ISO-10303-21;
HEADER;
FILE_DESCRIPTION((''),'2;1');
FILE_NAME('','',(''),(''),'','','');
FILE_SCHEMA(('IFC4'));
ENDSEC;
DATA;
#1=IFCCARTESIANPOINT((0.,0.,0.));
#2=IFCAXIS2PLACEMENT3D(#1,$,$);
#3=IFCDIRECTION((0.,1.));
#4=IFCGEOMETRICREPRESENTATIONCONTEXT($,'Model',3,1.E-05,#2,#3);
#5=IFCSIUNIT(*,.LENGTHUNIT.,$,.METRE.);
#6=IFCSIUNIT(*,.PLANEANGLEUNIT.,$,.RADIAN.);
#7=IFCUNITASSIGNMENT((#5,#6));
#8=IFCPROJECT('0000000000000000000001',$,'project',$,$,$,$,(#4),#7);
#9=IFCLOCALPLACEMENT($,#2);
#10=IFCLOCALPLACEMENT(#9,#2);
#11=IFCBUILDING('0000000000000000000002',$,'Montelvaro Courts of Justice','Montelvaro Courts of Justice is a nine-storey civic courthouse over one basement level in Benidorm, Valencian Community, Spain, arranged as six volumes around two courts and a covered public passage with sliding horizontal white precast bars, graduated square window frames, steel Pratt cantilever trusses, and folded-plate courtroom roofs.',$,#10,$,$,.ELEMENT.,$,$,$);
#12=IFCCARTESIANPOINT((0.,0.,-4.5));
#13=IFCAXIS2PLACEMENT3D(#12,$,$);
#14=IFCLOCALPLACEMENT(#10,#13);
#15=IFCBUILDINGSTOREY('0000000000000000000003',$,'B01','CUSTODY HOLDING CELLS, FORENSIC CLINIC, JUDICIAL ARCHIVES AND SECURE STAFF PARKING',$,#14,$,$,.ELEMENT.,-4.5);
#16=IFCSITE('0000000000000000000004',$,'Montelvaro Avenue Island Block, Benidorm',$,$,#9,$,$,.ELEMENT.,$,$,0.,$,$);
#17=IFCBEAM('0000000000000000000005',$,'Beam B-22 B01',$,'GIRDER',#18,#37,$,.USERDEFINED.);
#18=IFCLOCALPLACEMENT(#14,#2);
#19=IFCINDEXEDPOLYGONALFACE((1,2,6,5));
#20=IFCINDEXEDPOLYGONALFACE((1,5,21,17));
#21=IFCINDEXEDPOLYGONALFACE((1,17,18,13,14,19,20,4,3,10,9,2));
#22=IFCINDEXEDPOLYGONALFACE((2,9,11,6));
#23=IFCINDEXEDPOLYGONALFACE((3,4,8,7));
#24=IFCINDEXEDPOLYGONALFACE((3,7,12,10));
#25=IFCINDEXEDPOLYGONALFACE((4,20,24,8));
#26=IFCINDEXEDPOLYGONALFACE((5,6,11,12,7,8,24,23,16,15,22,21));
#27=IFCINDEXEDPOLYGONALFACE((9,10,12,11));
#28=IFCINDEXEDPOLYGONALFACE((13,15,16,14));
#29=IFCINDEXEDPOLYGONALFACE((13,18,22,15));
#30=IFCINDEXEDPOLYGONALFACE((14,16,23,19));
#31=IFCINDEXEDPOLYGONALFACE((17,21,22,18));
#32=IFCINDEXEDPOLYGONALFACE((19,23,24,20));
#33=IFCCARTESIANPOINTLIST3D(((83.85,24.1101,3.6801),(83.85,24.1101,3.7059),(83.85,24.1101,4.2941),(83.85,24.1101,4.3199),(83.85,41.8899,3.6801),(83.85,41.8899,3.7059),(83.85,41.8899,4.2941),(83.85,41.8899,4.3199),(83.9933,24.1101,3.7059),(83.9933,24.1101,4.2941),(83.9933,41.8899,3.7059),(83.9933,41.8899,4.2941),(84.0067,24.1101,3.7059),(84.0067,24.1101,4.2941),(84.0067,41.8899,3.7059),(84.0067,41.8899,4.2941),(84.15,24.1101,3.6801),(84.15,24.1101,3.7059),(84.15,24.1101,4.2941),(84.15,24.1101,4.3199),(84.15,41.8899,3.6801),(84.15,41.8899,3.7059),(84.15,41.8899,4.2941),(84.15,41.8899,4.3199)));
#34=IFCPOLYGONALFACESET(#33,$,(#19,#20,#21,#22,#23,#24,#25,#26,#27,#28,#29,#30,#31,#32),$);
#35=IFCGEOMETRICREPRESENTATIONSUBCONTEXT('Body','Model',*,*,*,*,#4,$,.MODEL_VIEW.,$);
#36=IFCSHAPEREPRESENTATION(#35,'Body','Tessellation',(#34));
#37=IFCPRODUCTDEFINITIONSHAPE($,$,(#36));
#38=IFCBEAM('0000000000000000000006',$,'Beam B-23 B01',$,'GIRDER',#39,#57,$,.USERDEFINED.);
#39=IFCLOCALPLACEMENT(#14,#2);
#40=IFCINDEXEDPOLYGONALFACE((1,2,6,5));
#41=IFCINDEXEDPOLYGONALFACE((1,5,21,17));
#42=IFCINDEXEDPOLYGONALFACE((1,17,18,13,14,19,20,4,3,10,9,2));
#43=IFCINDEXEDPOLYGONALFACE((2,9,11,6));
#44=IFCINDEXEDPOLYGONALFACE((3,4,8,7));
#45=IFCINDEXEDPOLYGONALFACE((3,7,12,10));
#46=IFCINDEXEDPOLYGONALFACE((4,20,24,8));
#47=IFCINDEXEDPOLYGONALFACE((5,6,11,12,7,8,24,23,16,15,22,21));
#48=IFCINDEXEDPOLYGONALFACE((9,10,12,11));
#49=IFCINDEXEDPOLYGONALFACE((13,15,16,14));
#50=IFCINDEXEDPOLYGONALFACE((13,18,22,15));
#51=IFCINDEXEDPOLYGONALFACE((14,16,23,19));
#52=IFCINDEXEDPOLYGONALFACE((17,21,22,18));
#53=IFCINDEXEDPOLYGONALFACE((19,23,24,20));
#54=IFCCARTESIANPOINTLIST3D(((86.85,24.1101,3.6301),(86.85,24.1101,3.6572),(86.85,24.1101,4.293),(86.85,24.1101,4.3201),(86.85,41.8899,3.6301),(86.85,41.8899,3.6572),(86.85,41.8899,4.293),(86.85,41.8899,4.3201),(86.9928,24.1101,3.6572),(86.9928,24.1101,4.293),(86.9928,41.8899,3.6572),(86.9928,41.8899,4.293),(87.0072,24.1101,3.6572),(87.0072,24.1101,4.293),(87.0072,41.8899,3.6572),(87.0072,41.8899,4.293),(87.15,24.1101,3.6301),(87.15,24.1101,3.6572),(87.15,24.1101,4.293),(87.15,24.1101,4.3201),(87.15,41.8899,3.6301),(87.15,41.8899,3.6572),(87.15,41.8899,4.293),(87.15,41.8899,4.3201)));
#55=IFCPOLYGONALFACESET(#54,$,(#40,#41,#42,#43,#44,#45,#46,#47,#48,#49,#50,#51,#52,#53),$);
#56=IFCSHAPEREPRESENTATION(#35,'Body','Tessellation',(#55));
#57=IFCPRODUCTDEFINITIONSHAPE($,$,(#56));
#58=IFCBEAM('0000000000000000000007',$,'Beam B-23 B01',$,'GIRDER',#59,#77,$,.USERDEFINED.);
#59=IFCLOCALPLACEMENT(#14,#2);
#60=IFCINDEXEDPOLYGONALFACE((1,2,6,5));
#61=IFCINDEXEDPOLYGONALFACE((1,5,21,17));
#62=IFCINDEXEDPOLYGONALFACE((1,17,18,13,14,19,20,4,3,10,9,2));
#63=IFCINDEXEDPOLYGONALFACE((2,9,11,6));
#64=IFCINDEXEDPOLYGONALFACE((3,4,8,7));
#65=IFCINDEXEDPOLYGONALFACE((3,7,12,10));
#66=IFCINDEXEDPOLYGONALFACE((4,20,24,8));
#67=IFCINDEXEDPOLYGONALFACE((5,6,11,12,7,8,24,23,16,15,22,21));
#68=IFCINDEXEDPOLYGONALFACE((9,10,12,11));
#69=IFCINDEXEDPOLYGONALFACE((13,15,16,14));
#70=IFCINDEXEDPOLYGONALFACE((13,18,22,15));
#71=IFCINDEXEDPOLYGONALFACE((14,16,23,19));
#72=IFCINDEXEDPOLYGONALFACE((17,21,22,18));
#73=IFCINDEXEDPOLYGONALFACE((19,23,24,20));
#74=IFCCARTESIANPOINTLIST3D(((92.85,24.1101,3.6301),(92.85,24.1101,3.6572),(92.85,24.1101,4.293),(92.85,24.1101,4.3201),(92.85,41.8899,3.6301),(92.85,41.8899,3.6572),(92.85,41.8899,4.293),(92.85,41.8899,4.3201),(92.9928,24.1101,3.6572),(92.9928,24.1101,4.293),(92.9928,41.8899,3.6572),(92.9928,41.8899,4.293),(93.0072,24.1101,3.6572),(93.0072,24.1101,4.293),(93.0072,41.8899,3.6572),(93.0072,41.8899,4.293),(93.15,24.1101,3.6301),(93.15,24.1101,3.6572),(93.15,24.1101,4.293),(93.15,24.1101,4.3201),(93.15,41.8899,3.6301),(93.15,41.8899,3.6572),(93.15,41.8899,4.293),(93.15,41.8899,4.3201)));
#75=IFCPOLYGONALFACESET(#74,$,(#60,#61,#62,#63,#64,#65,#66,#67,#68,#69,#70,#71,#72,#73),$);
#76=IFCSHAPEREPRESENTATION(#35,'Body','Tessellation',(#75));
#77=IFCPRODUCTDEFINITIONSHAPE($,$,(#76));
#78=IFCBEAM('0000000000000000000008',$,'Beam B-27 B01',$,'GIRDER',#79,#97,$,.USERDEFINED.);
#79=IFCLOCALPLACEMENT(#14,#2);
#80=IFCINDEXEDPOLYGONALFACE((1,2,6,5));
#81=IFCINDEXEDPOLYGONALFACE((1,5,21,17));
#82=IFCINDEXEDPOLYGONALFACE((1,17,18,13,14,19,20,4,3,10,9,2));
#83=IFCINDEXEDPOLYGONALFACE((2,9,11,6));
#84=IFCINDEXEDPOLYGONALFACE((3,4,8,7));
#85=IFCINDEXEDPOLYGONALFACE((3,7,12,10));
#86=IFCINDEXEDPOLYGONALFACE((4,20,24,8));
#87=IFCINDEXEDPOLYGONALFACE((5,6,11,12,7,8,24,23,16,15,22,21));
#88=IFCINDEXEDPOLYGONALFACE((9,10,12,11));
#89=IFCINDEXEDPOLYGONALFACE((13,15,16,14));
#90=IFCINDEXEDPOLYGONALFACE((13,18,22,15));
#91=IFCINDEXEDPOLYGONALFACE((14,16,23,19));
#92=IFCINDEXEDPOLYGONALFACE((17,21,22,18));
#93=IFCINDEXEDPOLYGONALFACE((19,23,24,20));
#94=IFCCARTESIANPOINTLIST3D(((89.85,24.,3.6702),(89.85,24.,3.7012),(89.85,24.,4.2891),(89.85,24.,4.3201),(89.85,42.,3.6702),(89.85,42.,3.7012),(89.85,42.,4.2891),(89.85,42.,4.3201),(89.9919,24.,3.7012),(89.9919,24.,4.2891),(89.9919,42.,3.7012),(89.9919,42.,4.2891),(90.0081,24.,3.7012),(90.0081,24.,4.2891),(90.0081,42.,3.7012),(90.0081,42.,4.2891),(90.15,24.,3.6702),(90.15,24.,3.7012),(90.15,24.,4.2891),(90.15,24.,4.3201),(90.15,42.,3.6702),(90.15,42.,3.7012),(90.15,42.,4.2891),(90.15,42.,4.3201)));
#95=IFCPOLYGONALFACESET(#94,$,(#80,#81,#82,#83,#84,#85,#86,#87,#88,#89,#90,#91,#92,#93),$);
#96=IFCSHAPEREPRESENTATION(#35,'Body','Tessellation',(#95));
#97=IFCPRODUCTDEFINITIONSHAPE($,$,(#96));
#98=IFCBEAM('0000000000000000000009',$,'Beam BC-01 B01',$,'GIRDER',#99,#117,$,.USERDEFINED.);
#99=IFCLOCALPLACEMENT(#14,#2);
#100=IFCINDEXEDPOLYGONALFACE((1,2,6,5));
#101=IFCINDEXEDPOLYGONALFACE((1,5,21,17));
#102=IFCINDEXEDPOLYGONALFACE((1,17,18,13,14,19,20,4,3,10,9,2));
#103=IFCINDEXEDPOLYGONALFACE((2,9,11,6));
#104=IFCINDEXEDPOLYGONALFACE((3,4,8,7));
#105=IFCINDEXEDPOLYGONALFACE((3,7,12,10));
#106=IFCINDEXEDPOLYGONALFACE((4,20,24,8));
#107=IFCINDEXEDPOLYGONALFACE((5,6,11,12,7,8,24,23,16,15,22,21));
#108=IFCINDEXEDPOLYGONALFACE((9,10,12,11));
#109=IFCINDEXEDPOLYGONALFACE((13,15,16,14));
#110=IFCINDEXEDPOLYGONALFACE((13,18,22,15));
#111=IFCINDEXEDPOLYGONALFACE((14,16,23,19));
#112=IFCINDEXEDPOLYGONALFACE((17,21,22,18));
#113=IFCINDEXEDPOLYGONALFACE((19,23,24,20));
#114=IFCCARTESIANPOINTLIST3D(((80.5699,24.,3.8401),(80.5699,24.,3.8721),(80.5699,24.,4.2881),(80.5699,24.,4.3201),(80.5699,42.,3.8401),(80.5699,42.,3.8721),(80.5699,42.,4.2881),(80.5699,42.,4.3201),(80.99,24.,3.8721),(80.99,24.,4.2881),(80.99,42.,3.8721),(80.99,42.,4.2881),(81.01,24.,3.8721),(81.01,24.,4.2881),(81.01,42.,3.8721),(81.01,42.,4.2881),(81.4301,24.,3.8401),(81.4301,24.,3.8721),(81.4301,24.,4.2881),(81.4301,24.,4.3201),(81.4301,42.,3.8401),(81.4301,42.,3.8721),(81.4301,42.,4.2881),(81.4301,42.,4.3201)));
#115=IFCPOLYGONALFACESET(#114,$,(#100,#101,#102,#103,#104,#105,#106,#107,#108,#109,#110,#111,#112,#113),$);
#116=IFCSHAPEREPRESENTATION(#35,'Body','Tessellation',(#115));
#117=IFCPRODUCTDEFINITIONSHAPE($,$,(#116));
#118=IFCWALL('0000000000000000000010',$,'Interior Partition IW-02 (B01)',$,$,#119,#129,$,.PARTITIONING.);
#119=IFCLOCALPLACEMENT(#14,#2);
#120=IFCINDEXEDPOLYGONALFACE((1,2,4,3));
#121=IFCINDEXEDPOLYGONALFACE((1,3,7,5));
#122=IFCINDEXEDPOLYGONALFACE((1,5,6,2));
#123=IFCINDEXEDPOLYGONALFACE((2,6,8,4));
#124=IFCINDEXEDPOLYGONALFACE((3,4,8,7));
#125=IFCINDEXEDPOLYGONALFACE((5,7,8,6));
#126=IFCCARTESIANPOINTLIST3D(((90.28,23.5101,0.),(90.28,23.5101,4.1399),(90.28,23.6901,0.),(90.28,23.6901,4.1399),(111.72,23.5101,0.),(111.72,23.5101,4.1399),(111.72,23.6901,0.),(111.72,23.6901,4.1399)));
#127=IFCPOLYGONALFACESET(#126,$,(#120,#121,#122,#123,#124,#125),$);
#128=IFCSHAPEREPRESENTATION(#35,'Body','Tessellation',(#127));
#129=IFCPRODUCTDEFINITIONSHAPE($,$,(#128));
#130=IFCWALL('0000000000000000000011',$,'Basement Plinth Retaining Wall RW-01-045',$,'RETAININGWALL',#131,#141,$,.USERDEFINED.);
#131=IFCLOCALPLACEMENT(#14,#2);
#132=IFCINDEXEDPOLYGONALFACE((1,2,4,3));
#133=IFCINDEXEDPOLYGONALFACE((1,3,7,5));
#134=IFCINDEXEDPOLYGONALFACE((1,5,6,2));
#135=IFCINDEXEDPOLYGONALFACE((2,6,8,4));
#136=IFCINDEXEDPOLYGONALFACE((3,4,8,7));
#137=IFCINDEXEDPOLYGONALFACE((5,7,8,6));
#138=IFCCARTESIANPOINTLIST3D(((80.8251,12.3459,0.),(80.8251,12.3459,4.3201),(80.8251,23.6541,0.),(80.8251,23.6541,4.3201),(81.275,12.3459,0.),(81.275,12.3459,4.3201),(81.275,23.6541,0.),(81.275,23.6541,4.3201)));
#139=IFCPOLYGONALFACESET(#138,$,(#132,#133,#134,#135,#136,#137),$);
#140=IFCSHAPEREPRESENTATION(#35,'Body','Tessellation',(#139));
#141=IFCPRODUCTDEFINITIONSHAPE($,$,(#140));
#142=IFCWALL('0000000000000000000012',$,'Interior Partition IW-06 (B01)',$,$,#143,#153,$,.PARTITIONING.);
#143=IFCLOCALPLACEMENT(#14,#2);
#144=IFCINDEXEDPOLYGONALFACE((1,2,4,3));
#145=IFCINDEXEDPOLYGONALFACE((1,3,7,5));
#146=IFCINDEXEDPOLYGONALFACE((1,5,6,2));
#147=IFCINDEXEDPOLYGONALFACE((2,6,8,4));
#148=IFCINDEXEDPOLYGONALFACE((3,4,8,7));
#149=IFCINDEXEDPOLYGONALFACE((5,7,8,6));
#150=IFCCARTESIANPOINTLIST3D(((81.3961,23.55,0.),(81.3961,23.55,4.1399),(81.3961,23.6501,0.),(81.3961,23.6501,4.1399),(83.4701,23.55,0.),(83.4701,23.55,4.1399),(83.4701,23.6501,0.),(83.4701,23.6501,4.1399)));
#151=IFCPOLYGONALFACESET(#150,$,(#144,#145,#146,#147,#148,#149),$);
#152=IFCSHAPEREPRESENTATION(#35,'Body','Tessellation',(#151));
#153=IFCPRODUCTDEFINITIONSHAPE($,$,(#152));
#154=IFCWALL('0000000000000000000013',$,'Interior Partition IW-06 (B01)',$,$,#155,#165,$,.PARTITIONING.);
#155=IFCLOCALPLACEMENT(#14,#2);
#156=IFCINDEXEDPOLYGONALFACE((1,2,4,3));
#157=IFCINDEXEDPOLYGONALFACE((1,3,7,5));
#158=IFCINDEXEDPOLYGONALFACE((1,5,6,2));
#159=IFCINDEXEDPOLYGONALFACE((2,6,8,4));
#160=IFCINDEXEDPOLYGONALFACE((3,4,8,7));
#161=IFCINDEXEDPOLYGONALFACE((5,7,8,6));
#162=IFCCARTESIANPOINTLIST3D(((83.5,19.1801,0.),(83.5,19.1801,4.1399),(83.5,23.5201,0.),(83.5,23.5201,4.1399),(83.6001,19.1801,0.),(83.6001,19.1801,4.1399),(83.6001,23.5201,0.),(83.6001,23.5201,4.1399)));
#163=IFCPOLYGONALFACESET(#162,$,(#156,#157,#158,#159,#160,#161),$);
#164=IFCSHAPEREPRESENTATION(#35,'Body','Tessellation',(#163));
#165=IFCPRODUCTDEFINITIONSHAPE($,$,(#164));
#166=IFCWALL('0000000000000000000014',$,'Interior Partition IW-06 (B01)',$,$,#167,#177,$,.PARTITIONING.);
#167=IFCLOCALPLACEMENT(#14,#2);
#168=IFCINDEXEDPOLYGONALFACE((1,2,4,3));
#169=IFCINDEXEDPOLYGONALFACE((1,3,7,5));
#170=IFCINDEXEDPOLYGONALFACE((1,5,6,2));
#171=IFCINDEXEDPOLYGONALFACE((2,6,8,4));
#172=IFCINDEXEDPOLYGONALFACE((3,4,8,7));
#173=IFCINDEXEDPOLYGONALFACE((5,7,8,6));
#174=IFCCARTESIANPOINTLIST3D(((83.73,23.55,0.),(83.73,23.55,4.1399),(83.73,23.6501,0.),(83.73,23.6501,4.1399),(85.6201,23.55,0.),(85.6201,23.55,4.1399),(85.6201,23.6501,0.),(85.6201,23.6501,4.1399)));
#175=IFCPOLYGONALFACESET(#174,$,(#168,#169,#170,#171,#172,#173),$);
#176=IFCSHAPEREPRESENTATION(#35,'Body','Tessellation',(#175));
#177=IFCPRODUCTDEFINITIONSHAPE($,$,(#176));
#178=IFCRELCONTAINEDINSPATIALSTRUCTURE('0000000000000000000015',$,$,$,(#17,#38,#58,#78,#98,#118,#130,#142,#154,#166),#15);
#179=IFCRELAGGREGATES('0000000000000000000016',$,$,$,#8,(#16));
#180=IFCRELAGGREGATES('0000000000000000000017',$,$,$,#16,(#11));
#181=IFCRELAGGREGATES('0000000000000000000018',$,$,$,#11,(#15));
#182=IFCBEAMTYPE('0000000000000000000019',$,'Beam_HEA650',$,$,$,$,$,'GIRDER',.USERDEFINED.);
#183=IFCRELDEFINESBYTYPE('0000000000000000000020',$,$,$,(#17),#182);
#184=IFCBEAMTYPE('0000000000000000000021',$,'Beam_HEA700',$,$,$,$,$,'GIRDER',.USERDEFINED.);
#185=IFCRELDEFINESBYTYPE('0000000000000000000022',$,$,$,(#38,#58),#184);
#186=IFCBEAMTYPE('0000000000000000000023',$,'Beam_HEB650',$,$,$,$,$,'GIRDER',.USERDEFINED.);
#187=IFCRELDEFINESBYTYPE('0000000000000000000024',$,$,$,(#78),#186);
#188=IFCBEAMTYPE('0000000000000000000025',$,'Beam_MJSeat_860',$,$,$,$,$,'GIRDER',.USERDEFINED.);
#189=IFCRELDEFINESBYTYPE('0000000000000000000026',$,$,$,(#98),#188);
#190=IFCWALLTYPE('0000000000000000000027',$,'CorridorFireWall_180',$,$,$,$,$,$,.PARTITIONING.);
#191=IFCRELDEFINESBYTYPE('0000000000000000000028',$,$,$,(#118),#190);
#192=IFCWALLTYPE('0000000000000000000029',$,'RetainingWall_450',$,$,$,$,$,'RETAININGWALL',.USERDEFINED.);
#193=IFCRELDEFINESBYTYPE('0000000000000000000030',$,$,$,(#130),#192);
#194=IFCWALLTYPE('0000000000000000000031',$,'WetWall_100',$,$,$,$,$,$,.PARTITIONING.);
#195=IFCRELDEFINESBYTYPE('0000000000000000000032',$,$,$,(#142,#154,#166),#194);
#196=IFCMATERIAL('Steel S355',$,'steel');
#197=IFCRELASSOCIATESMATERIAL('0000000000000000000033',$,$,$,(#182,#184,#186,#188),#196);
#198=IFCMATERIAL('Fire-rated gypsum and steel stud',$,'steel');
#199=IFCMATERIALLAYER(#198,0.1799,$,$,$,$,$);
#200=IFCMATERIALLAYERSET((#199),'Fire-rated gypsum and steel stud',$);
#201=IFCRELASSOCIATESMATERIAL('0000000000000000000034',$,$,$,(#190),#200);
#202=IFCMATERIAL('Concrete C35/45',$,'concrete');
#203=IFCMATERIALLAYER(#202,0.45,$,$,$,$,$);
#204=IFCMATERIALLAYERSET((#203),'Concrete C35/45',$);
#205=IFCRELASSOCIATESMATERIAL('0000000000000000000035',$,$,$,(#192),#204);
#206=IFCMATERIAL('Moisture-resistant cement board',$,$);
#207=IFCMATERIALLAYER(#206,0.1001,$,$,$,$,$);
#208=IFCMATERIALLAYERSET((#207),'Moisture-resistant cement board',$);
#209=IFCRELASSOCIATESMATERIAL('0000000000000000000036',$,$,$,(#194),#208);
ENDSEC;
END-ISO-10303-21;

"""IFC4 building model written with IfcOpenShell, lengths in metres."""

from ifc_helpers import new_model, si_unit, direction, frame, frame_2d, origin, origin_2d, place, context, subcontext, project, spatial, rectangle, i_section, extrude, material, layer, layer_set, material_profile, profile_set, type_object, element, save


model = new_model("IFC4")

# Units and contexts
model_context = context("Model", 3, precision=1e-05, world=origin(), true_north=direction((0.0, 1.0)))
body_context = subcontext(model_context, "Body", "Model", "MODEL_VIEW")
ifc_project = project(units=[si_unit("LENGTHUNIT", "METRE"), si_unit("PLANEANGLEUNIT", "RADIAN")], contexts=[model_context])

# Site, building, storey
site_placement = place(None, origin())
site = spatial("IfcSite", under=ifc_project, at=site_placement, Name="Montelvaro Avenue Island Block, Benidorm", CompositionType="ELEMENT", RefElevation=0.0)
building_placement = place(site_placement, origin())
building = spatial("IfcBuilding", under=site, at=building_placement, Name="Montelvaro Courts of Justice", Description="Montelvaro Courts of Justice is a nine-storey civic courthouse over one basement level in Benidorm, Valencian Community, Spain, arranged as six volumes around two courts and a covered public passage with sliding horizontal white precast bars, graduated square window frames, steel Pratt cantilever trusses, and folded-plate courtroom roofs.", CompositionType="ELEMENT")
storey_placement = place(building_placement, frame((0.0, 0.0, -4.5)))
storey = spatial("IfcBuildingStorey", under=building, at=storey_placement, Name="B01", Description="CUSTODY HOLDING CELLS, FORENSIC CLINIC, JUDICIAL ARCHIVES AND SECURE STAFF PARKING", CompositionType="ELEMENT", Elevation=-4.5)

# Shared definitions
ifc_material_1 = material(Name="Concrete C35/45", Category="concrete")

# Beams
ifc_material_2 = material(Name="Steel S355", Category="steel")
ifc_material_profile_1 = material_profile(ifc_material_2, i_section(OverallWidth=0.3, OverallDepth=0.6399, WebThickness=0.0134, FlangeThickness=0.0259, at=origin_2d()), Name="HEA 650")
ifc_profile_set_1 = profile_set([ifc_material_profile_1], Name="Steel S355")
beam_type_1 = type_object("IfcBeamType", Name="Beam_HEA650", ElementType="GIRDER", PredefinedType="USERDEFINED", material=ifc_profile_set_1)
beam_1_placement = place(storey_placement, frame((84.0, 24.1101, 4.0), z_axis=(0.0, 1.0, 0.0), x_axis=(-1.0, 0.0, 0.0)))
element("IfcBeam", 1, at=beam_1_placement, inside=storey, type_object=beam_type_1, Name="Beam B-22 B01", ObjectType="GIRDER", PredefinedType="USERDEFINED", context=body_context, shape_type="SweptSolid", body=[
    extrude(i_section(OverallWidth=0.3, OverallDepth=0.6399, WebThickness=0.0134, FlangeThickness=0.0259, at=origin_2d()), origin(), (0.0, 0.0, 1.0), 17.7798),
])
ifc_material_profile_2 = material_profile(ifc_material_2, i_section(OverallWidth=0.3, OverallDepth=0.6899, WebThickness=0.0144, FlangeThickness=0.0271, at=origin_2d()), Name="HEA 700")
ifc_profile_set_2 = profile_set([ifc_material_profile_2], Name="Steel S355")
beam_type_2 = type_object("IfcBeamType", Name="Beam_HEA700", ElementType="GIRDER", PredefinedType="USERDEFINED", material=ifc_profile_set_2)
for number, where, z_axis, x_axis, name in (
    (2, (87.0, 24.1101, 3.9751), (0.0, 1.0, 0.0), (-1.0, 0.0, 0.0), "Beam B-23 B01"),
    (3, (93.0, 24.1101, 3.9751), (0.0, 1.0, 0.0), (-1.0, 0.0, 0.0), "Beam B-23 B01"),
):
    element("IfcBeam", number, at=place(storey_placement, frame(where, z_axis=z_axis, x_axis=x_axis)), inside=storey, type_object=beam_type_2, Name=name, ObjectType="GIRDER", PredefinedType="USERDEFINED", context=body_context, shape_type="SweptSolid", body=[
        extrude(i_section(OverallWidth=0.3, OverallDepth=0.6899, WebThickness=0.0144, FlangeThickness=0.0271, at=origin_2d()), origin(), (0.0, 0.0, 1.0), 17.7798),
    ])
ifc_material_profile_3 = material_profile(ifc_material_2, i_section(OverallWidth=0.3, OverallDepth=0.6499, WebThickness=0.0161, FlangeThickness=0.031, at=origin_2d()), Name="HEB 650")
ifc_profile_set_3 = profile_set([ifc_material_profile_3], Name="Steel S355")
beam_type_3 = type_object("IfcBeamType", Name="Beam_HEB650", ElementType="GIRDER", PredefinedType="USERDEFINED", material=ifc_profile_set_3)
beam_2_placement = place(storey_placement, frame((90.0, 24.0, 3.9951), z_axis=(0.0, 1.0, 0.0), x_axis=(-1.0, 0.0, 0.0)))
element("IfcBeam", 4, at=beam_2_placement, inside=storey, type_object=beam_type_3, Name="Beam B-27 B01", ObjectType="GIRDER", PredefinedType="USERDEFINED", context=body_context, shape_type="SweptSolid", body=[
    extrude(i_section(OverallWidth=0.3, OverallDepth=0.6499, WebThickness=0.0161, FlangeThickness=0.031, at=origin_2d()), origin(), (0.0, 0.0, 1.0), 18.0),
])
ifc_material_profile_4 = material_profile(ifc_material_2, i_section(OverallWidth=0.8601, OverallDepth=0.48, WebThickness=0.02, FlangeThickness=0.032, at=origin_2d()), Name="HL 480x860")
ifc_profile_set_4 = profile_set([ifc_material_profile_4], Name="Steel S355")
beam_type_4 = type_object("IfcBeamType", Name="Beam_MJSeat_860", ElementType="GIRDER", PredefinedType="USERDEFINED", material=ifc_profile_set_4)
beam_3_placement = place(storey_placement, frame((81.0, 24.0, 4.0801), z_axis=(0.0, 1.0, 0.0), x_axis=(-1.0, 0.0, 0.0)))
element("IfcBeam", 5, at=beam_3_placement, inside=storey, type_object=beam_type_4, Name="Beam BC-01 B01", ObjectType="GIRDER", PredefinedType="USERDEFINED", context=body_context, shape_type="SweptSolid", body=[
    extrude(i_section(OverallWidth=0.8601, OverallDepth=0.48, WebThickness=0.02, FlangeThickness=0.032, at=origin_2d()), origin(), (0.0, 0.0, 1.0), 18.0),
])

# Walls
ifc_material_3 = material(Name="Fire-rated gypsum and steel stud", Category="steel")
ifc_layer_1 = layer(ifc_material_3, 0.1799)
ifc_layer_set_1 = layer_set([ifc_layer_1], Name="Fire-rated gypsum and steel stud")
wall_type_1 = type_object("IfcWallType", Name="CorridorFireWall_180", PredefinedType="PARTITIONING", material=ifc_layer_set_1)
wall_1_placement = place(storey_placement, frame((90.28, 23.6001, 0.0), z_axis=(0.0, 0.0, 1.0), x_axis=(1.0, 0.0, 0.0)))
element("IfcWall", 6, at=wall_1_placement, inside=storey, type_object=wall_type_1, Name="Interior Partition IW-02 (B01)", PredefinedType="PARTITIONING", context=body_context, shape_type="SweptSolid", body=[
    extrude(rectangle(XDim=21.4399, YDim=0.1799, at=frame_2d((10.72, 0.0))), origin(), (0.0, 0.0, 1.0), 4.1399),
])
ifc_layer_2 = layer(ifc_material_1, 0.45)
ifc_layer_set_2 = layer_set([ifc_layer_2], Name="Concrete C35/45")
wall_type_2 = type_object("IfcWallType", Name="RetainingWall_450", ElementType="RETAININGWALL", PredefinedType="USERDEFINED", material=ifc_layer_set_2)
wall_2_placement = place(storey_placement, frame((81.05, 23.6541, 0.0), z_axis=(0.0, 0.0, 1.0), x_axis=(0.0, -1.0, 0.0)))
element("IfcWall", 7, at=wall_2_placement, inside=storey, type_object=wall_type_2, Name="Basement Plinth Retaining Wall RW-01-045", ObjectType="RETAININGWALL", PredefinedType="USERDEFINED", context=body_context, shape_type="SweptSolid", body=[
    extrude(rectangle(XDim=11.3081, YDim=0.45, at=frame_2d((5.6541, 0.0))), origin(), (0.0, 0.0, 1.0), 4.3201),
])
ifc_material_4 = material(Name="Moisture-resistant cement board")
ifc_layer_3 = layer(ifc_material_4, 0.1001)
ifc_layer_set_3 = layer_set([ifc_layer_3], Name="Moisture-resistant cement board")
wall_type_3 = type_object("IfcWallType", Name="WetWall_100", PredefinedType="PARTITIONING", material=ifc_layer_set_3)
wall_3_placement = place(storey_placement, frame((81.396, 23.6001, 0.0), z_axis=(0.0, 0.0, 1.0), x_axis=(1.0, 0.0, 0.0)))
element("IfcWall", 8, at=wall_3_placement, inside=storey, type_object=wall_type_3, Name="Interior Partition IW-06 (B01)", PredefinedType="PARTITIONING", context=body_context, shape_type="SweptSolid", body=[
    extrude(rectangle(XDim=2.074, YDim=0.1001, at=frame_2d((1.0371, 0.0))), origin(), (0.0, 0.0, 1.0), 4.1399),
])
wall_4_placement = place(storey_placement, frame((83.55, 23.52, 0.0), z_axis=(0.0, 0.0, 1.0), x_axis=(0.0, -1.0, 0.0)))
element("IfcWall", 9, at=wall_4_placement, inside=storey, type_object=wall_type_3, Name="Interior Partition IW-06 (B01)", PredefinedType="PARTITIONING", context=body_context, shape_type="SweptSolid", body=[
    extrude(rectangle(XDim=4.3401, YDim=0.1001, at=frame_2d((2.1699, 0.0))), origin(), (0.0, 0.0, 1.0), 4.1399),
])
wall_5_placement = place(storey_placement, frame((83.73, 23.6001, 0.0), z_axis=(0.0, 0.0, 1.0), x_axis=(1.0, 0.0, 0.0)))
element("IfcWall", 10, at=wall_5_placement, inside=storey, type_object=wall_type_3, Name="Interior Partition IW-06 (B01)", PredefinedType="PARTITIONING", context=body_context, shape_type="SweptSolid", body=[
    extrude(rectangle(XDim=1.8901, YDim=0.1001, at=frame_2d((0.9451, 0.0))), origin(), (0.0, 0.0, 1.0), 4.1399),
])

save(model, "model.ifc")
